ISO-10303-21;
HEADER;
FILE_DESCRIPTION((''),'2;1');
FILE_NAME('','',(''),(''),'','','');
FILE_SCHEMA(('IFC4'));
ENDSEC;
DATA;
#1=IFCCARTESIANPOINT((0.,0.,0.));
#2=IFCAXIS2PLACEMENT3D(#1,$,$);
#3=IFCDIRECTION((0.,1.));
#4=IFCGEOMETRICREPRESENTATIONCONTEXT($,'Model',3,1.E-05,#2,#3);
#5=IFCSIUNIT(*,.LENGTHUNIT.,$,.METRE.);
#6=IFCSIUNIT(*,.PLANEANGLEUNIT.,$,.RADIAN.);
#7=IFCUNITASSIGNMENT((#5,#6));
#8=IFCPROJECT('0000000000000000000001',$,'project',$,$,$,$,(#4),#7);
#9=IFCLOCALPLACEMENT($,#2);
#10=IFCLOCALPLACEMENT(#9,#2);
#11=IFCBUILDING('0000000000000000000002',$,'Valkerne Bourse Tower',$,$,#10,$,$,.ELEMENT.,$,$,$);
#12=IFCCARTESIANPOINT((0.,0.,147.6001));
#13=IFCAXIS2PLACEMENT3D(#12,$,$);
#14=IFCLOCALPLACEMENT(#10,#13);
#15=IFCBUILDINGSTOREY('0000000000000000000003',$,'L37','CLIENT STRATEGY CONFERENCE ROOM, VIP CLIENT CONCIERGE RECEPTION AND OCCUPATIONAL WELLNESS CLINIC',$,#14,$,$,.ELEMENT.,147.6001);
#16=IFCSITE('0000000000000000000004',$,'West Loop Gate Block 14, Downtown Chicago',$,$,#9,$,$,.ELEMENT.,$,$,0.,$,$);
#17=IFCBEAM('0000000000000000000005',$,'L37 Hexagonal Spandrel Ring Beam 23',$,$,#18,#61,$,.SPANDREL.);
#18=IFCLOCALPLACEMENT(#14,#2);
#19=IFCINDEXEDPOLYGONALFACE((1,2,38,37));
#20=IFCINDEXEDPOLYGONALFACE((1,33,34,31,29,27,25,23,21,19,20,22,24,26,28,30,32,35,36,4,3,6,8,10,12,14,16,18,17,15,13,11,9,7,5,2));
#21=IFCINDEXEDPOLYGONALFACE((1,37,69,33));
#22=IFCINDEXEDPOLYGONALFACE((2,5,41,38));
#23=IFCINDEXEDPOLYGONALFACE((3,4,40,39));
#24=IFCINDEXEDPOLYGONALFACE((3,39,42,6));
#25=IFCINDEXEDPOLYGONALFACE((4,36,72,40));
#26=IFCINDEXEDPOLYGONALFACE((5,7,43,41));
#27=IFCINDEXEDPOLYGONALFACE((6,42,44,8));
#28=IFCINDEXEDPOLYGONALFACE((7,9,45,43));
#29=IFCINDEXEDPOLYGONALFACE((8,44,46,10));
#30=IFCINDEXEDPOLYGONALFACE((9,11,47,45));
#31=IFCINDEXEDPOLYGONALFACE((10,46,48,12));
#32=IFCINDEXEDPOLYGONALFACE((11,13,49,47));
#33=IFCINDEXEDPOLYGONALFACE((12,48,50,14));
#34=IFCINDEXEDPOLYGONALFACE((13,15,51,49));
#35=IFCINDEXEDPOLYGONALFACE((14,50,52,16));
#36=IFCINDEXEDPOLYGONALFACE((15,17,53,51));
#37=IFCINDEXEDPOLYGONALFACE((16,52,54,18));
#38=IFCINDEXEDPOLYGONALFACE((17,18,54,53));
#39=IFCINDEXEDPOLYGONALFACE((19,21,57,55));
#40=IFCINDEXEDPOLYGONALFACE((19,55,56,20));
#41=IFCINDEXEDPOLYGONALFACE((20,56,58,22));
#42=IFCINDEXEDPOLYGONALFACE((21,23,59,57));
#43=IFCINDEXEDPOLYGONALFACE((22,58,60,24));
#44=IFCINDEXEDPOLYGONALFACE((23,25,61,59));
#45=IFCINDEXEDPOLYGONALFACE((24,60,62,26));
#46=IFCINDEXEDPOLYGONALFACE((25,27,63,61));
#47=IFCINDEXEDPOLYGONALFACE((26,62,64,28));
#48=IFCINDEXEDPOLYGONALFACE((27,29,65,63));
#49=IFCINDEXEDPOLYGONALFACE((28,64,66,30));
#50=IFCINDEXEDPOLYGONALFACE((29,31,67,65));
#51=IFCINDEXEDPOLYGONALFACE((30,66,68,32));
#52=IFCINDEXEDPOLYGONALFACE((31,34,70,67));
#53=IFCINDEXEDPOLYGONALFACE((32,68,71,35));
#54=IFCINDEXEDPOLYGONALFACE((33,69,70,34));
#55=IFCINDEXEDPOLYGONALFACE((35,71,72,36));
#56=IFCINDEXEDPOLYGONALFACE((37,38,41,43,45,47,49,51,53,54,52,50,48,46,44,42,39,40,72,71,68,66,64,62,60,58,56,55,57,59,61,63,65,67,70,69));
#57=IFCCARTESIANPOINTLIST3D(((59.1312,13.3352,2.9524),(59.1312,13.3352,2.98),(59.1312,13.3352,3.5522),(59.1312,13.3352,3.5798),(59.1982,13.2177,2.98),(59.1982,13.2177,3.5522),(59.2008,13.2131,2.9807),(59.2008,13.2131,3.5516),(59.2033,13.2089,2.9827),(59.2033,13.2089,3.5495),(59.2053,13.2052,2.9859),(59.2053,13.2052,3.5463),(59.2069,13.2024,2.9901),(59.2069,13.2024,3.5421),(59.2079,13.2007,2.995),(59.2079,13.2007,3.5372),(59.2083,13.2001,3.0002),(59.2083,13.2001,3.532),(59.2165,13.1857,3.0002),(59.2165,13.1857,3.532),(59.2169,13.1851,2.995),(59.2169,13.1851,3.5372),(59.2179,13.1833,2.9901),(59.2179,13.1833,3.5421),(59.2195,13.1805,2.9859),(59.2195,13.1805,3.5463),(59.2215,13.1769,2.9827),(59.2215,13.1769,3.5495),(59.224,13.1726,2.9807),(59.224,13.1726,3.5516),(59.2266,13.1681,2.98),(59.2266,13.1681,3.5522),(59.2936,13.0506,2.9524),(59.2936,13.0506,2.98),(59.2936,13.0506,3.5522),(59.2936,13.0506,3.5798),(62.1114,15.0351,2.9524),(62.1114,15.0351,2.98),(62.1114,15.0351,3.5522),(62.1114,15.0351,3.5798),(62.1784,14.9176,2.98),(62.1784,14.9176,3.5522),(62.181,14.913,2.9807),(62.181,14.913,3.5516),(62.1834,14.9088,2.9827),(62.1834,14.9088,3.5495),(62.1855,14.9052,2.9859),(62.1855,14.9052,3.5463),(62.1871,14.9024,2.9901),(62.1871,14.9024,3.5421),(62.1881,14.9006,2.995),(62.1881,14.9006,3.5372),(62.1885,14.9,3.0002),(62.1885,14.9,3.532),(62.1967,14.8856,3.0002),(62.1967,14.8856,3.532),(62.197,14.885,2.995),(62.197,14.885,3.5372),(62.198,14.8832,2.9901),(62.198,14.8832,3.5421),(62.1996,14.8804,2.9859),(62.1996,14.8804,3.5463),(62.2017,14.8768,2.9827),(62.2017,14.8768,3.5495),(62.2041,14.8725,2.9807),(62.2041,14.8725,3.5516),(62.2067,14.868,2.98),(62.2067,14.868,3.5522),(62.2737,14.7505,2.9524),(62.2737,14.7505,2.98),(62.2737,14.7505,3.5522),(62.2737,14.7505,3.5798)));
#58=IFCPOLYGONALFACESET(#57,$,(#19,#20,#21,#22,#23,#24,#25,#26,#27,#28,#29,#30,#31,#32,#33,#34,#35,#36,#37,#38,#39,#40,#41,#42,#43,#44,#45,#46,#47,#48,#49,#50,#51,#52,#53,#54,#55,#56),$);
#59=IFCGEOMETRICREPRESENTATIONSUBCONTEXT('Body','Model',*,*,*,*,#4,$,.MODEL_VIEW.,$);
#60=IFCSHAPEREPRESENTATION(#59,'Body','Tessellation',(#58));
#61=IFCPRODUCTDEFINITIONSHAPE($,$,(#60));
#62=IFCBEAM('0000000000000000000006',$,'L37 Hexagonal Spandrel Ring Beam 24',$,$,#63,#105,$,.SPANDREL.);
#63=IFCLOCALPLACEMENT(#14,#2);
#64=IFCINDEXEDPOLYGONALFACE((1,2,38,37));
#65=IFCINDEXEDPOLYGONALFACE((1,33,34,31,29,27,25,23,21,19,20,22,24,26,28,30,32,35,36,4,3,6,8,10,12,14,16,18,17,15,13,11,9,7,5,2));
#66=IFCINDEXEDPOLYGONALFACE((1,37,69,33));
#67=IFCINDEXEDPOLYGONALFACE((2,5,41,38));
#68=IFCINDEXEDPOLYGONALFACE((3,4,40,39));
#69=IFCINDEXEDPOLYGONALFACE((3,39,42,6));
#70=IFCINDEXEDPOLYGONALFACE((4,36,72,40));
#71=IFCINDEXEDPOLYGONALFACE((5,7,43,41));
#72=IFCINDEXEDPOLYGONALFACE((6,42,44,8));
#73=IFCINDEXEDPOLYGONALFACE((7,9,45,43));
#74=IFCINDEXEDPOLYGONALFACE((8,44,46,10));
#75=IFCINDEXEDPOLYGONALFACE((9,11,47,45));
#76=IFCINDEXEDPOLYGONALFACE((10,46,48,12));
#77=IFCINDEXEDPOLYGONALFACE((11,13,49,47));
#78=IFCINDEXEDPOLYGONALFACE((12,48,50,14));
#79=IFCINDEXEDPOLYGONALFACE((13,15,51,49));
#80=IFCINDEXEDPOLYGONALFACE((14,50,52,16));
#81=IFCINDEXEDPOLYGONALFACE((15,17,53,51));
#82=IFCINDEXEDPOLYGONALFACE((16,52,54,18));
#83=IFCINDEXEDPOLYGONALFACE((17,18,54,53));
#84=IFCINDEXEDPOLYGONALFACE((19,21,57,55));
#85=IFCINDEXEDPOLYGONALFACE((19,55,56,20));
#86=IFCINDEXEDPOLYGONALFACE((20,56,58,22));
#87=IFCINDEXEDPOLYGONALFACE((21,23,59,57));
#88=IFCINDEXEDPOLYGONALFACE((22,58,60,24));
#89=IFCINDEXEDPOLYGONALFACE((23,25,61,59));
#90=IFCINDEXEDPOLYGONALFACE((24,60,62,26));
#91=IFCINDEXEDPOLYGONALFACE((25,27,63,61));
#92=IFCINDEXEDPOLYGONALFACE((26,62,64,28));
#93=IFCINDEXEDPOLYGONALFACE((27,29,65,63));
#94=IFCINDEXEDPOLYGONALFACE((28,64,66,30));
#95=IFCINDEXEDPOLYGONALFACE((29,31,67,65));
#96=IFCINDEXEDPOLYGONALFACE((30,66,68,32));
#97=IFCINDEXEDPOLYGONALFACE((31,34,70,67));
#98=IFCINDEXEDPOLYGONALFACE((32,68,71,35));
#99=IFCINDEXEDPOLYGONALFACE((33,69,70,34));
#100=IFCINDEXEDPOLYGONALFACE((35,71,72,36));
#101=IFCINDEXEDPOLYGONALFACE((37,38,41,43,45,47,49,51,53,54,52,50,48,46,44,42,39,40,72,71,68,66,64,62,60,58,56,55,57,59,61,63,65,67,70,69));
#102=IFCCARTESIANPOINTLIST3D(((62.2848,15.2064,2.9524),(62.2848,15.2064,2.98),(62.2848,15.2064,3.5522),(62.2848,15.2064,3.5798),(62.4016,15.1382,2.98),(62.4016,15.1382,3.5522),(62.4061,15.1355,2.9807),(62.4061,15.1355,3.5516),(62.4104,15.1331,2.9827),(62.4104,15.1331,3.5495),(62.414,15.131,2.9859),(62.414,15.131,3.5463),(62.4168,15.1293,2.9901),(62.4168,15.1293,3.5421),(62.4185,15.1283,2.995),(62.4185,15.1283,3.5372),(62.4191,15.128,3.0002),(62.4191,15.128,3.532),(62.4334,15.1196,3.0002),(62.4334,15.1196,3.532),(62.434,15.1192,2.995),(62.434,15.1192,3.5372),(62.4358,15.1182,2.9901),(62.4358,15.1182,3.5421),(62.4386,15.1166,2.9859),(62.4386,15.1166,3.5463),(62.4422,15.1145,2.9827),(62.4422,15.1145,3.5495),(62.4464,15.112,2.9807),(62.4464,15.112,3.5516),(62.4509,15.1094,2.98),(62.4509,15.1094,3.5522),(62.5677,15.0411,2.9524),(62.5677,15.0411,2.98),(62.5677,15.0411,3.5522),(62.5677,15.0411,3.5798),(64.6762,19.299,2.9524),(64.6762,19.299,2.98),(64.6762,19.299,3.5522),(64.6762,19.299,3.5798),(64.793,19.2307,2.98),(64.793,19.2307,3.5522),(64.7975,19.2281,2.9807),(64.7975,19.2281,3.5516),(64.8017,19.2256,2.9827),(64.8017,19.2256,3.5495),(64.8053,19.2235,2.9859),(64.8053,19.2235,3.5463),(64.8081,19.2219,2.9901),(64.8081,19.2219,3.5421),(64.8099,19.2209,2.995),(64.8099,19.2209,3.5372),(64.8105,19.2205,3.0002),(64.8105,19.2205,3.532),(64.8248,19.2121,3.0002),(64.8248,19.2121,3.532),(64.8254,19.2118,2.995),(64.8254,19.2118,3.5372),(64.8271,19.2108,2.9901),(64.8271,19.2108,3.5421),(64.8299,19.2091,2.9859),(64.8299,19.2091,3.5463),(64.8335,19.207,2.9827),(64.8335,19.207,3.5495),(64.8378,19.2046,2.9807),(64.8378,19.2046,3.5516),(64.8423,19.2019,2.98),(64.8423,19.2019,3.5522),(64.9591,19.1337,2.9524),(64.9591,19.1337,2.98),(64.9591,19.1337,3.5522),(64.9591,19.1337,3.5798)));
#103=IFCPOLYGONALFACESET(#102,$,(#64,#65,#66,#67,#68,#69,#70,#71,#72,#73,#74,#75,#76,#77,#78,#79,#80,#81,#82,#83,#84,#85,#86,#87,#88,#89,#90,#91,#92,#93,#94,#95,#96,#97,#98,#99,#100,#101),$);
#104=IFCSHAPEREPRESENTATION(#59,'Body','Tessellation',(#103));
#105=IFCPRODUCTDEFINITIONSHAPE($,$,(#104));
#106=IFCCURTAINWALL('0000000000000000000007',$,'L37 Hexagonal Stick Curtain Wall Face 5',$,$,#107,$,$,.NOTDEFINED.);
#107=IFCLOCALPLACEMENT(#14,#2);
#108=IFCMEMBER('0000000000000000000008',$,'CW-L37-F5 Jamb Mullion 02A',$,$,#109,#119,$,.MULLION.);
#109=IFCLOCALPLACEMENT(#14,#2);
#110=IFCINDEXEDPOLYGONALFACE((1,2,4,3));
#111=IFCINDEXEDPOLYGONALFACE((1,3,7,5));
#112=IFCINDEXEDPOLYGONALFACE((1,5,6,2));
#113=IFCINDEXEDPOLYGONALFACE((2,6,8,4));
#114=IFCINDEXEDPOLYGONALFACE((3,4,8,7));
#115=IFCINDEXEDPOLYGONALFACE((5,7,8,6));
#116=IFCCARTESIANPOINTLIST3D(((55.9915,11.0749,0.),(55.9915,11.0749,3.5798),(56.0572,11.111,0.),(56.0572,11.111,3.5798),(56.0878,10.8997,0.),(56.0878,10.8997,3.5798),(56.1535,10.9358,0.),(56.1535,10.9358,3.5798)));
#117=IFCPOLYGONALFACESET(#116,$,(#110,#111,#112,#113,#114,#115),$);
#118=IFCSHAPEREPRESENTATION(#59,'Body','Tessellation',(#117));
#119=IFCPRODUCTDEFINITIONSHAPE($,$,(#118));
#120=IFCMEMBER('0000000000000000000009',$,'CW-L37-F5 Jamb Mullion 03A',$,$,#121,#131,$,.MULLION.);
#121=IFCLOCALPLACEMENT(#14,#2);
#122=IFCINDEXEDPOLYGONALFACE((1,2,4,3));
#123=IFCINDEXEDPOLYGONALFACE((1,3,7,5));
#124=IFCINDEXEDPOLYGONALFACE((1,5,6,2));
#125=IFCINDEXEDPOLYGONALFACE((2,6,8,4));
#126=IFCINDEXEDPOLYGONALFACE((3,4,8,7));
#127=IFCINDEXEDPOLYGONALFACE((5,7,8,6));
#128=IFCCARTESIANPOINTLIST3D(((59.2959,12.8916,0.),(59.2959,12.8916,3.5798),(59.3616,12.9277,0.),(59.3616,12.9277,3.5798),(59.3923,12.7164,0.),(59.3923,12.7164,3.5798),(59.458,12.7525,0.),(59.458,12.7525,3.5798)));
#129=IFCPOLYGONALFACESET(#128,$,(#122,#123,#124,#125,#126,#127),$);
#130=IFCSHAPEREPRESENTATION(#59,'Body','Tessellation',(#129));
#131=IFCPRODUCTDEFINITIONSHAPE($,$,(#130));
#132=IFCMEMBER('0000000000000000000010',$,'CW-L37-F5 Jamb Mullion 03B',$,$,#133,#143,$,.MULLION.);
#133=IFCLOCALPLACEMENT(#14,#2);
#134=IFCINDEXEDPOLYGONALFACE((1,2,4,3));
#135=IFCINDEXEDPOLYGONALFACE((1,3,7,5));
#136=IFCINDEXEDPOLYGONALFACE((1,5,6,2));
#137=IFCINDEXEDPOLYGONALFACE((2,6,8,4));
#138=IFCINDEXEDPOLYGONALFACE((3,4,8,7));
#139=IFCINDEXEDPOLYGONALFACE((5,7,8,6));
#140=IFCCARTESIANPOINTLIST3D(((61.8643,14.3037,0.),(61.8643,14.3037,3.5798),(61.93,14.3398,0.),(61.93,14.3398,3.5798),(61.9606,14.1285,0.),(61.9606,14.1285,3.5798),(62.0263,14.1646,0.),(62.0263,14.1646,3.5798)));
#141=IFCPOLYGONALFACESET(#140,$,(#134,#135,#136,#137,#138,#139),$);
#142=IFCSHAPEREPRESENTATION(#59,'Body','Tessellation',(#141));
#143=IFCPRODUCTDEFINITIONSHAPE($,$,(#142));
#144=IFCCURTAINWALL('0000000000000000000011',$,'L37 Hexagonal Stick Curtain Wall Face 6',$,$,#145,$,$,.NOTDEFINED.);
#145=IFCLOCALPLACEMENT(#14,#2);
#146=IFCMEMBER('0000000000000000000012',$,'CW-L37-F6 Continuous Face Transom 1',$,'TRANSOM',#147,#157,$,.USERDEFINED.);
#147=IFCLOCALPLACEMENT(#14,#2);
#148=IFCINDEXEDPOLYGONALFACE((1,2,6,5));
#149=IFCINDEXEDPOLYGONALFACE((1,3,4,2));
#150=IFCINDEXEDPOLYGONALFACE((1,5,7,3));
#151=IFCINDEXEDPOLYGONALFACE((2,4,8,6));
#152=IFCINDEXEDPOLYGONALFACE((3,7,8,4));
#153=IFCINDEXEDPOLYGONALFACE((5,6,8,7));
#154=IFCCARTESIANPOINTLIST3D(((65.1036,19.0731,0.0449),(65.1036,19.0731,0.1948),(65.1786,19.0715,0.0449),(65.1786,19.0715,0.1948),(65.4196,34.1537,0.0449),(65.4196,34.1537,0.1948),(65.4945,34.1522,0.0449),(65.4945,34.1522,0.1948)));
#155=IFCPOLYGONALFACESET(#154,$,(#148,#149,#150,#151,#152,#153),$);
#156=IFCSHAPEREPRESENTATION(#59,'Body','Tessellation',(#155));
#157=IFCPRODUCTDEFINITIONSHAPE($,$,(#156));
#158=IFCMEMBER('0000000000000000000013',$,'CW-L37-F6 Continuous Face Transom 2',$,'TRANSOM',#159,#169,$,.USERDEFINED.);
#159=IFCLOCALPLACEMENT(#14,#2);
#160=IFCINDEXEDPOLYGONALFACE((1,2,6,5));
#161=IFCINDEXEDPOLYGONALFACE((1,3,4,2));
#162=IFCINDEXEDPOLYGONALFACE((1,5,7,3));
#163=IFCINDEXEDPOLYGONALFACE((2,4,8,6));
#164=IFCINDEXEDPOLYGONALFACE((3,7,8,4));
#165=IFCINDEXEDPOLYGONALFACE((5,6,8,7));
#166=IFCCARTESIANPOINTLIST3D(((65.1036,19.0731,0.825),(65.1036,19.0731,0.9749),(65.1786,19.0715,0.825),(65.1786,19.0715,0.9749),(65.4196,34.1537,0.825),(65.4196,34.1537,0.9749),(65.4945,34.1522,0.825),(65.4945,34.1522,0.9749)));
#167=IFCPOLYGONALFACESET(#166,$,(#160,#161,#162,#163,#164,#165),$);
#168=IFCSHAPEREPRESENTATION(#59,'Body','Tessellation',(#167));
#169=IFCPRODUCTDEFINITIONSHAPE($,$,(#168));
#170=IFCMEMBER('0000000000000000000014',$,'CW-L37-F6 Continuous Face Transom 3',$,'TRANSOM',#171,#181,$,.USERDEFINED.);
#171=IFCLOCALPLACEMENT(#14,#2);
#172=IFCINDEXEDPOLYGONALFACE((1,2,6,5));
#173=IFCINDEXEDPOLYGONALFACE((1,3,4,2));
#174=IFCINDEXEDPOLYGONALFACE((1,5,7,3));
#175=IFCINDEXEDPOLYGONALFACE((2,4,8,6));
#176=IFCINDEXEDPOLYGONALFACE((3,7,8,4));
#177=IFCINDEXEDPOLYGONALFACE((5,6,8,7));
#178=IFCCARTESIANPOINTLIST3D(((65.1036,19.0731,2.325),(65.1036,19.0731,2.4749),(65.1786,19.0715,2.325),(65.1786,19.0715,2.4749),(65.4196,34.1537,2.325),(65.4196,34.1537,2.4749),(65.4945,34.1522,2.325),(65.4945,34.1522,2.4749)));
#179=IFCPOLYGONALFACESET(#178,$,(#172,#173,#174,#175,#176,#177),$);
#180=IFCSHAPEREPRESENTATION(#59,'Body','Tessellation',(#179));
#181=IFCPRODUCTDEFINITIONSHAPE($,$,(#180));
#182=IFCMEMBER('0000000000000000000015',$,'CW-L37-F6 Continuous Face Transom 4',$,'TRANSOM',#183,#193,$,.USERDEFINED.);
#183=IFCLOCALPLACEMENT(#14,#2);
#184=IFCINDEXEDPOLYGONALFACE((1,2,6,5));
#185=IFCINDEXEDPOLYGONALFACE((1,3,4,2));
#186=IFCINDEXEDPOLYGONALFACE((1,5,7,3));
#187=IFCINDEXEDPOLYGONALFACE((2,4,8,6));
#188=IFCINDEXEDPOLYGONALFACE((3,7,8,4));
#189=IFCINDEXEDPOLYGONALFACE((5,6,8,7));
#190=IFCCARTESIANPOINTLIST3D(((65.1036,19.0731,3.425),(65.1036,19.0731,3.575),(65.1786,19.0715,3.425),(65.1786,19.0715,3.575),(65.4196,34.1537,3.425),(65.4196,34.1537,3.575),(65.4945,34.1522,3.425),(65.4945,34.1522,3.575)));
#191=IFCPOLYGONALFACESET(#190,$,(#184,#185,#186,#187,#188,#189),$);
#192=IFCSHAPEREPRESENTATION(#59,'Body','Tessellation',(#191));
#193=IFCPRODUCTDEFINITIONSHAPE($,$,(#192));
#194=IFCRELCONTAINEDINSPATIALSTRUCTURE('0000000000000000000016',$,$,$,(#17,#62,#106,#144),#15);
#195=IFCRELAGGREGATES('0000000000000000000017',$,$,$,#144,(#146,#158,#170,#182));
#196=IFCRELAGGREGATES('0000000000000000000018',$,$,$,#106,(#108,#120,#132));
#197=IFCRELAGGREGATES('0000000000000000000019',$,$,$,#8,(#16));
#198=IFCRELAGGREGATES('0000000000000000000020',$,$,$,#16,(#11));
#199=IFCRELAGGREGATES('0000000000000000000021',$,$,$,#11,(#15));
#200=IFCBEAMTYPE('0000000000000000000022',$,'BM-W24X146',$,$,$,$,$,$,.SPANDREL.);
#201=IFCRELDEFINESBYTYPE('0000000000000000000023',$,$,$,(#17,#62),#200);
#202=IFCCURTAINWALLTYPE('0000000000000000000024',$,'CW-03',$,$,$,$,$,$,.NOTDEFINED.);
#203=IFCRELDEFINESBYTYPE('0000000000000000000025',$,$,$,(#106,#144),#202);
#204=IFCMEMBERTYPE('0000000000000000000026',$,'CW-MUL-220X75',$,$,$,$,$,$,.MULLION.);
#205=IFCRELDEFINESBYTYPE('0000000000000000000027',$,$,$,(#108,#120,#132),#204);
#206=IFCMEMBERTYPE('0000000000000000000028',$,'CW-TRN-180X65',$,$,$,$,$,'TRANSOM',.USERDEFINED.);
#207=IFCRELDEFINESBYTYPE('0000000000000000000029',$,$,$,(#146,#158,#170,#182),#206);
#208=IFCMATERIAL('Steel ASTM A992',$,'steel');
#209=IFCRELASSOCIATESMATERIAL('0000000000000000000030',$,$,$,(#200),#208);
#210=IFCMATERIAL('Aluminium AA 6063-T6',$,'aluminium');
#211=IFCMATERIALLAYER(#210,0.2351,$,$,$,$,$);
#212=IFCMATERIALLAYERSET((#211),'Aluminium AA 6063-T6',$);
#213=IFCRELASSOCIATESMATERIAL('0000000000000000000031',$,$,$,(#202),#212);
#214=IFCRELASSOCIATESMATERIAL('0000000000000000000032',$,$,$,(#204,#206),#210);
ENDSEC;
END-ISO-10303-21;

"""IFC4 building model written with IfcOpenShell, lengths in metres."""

from ifc_helpers import new_model, si_unit, direction, frame, origin, origin_2d, place, context, subcontext, project, spatial, rectangle, i_section, extrude, material, layer, layer_set, material_profile, profile_set, type_object, element, aggregate, save


model = new_model("IFC4")

# Units and contexts
model_context = context("Model", 3, precision=1e-05, world=origin(), true_north=direction((0.0, 1.0)))
body_context = subcontext(model_context, "Body", "Model", "MODEL_VIEW")
ifc_project = project(units=[si_unit("LENGTHUNIT", "METRE"), si_unit("PLANEANGLEUNIT", "RADIAN")], contexts=[model_context])

# Site, building, storey
site_placement = place(None, origin())
site = spatial("IfcSite", under=ifc_project, at=site_placement, Name="West Loop Gate Block 14, Downtown Chicago", CompositionType="ELEMENT", RefElevation=0.0)
building_placement = place(site_placement, origin())
building = spatial("IfcBuilding", under=site, at=building_placement, Name="Valkerne Bourse Tower", CompositionType="ELEMENT")
storey_placement = place(building_placement, frame((0.0, 0.0, 147.6001)))
storey = spatial("IfcBuildingStorey", under=building, at=storey_placement, Name="L37", Description="CLIENT STRATEGY CONFERENCE ROOM, VIP CLIENT CONCIERGE RECEPTION AND OCCUPATIONAL WELLNESS CLINIC", CompositionType="ELEMENT", Elevation=147.6001)

# Beams
ifc_material_1 = material(Name="Steel ASTM A992", Category="steel")
ifc_material_profile_1 = material_profile(ifc_material_1, i_section(OverallWidth=0.3276, OverallDepth=0.6274, WebThickness=0.0166, FlangeThickness=0.0276, FilletRadius=0.0203, at=origin_2d()), Name="W24X146")
ifc_profile_set_1 = profile_set([ifc_material_profile_1], Name="Steel ASTM A992")
beam_type = type_object("IfcBeamType", Name="BM-W24X146", PredefinedType="SPANDREL", material=ifc_profile_set_1)
beam_1_placement = place(storey_placement, frame((59.2124, 13.1929, 3.2661), z_axis=(0.868624, 0.495472, 0.0), x_axis=(-0.495472, 0.868624, 0.0)))
element("IfcBeam", 1, at=beam_1_placement, inside=storey, type_object=beam_type, Name="L37 Hexagonal Spandrel Ring Beam 23", PredefinedType="SPANDREL", context=body_context, shape_type="SweptSolid", body=[
    extrude(i_section(OverallWidth=0.3276, OverallDepth=0.6274, WebThickness=0.0166, FlangeThickness=0.0276, FilletRadius=0.0203, at=origin_2d()), origin(), (0.0, 0.0, 1.0), 3.4309),
])
beam_2_placement = place(storey_placement, frame((62.4263, 15.1238, 3.2661), z_axis=(0.504508, 0.863407, 0.0), x_axis=(-0.863407, 0.504508, 0.0)))
element("IfcBeam", 2, at=beam_2_placement, inside=storey, type_object=beam_type, Name="L37 Hexagonal Spandrel Ring Beam 24", PredefinedType="SPANDREL", context=body_context, shape_type="SweptSolid", body=[
    extrude(i_section(OverallWidth=0.3276, OverallDepth=0.6274, WebThickness=0.0166, FlangeThickness=0.0276, FilletRadius=0.0203, at=origin_2d()), origin(), (0.0, 0.0, 1.0), 4.74),
])

# Curtain walls, members
ifc_material_2 = material(Name="Aluminium AA 6063-T6", Category="aluminium")
ifc_layer_1 = layer(ifc_material_2, 0.2351)
ifc_layer_set_1 = layer_set([ifc_layer_1], Name="Aluminium AA 6063-T6")
curtain_wall_type = type_object("IfcCurtainWallType", Name="CW-03", PredefinedType="NOTDEFINED", material=ifc_layer_set_1)
curtain_wall_1_placement = place(storey_placement, origin())
curtain_wall_1 = element("IfcCurtainWall", 3, at=curtain_wall_1_placement, inside=storey, type_object=curtain_wall_type, Name="L37 Hexagonal Stick Curtain Wall Face 5", PredefinedType="NOTDEFINED")
ifc_material_profile_2 = material_profile(ifc_material_2, rectangle(XDim=0.075, YDim=0.2, at=origin_2d()), Name="CWM-75X200")
ifc_profile_set_2 = profile_set([ifc_material_profile_2], Name="Aluminium AA 6063-T6")
member_type_1 = type_object("IfcMemberType", Name="CW-MUL-220X75", PredefinedType="MULLION", material=ifc_profile_set_2)
member_1_placement = place(storey_placement, frame((56.0725, 11.0054, 0.0), z_axis=(0.0, 0.0, 1.0), x_axis=(0.876303, 0.481761, 0.0)))
member_1 = element("IfcMember", 4, at=member_1_placement, type_object=member_type_1, Name="CW-L37-F5 Jamb Mullion 02A", PredefinedType="MULLION", context=body_context, shape_type="SweptSolid", body=[
    extrude(rectangle(XDim=0.075, YDim=0.2, at=origin_2d()), origin(), (0.0, 0.0, 1.0), 3.5798),
])
member_2_placement = place(storey_placement, frame((59.377, 12.822, 0.0), z_axis=(0.0, 0.0, 1.0), x_axis=(0.876309, 0.48175, 0.0)))
member_2 = element("IfcMember", 5, at=member_2_placement, type_object=member_type_1, Name="CW-L37-F5 Jamb Mullion 03A", PredefinedType="MULLION", context=body_context, shape_type="SweptSolid", body=[
    extrude(rectangle(XDim=0.075, YDim=0.2, at=origin_2d()), origin(), (0.0, 0.0, 1.0), 3.5798),
])
member_3_placement = place(storey_placement, frame((61.9453, 14.2341, 0.0), z_axis=(0.0, 0.0, 1.0), x_axis=(0.876309, 0.48175, 0.0)))
member_3 = element("IfcMember", 6, at=member_3_placement, type_object=member_type_1, Name="CW-L37-F5 Jamb Mullion 03B", PredefinedType="MULLION", context=body_context, shape_type="SweptSolid", body=[
    extrude(rectangle(XDim=0.075, YDim=0.2, at=origin_2d()), origin(), (0.0, 0.0, 1.0), 3.5798),
])
curtain_wall_2_placement = place(storey_placement, origin())
curtain_wall_2 = element("IfcCurtainWall", 7, at=curtain_wall_2_placement, inside=storey, type_object=curtain_wall_type, Name="L37 Hexagonal Stick Curtain Wall Face 6", PredefinedType="NOTDEFINED")
ifc_material_profile_3 = material_profile(ifc_material_2, rectangle(XDim=0.075, YDim=0.1499, at=origin_2d()), Name="CWT-75X150")
ifc_profile_set_3 = profile_set([ifc_material_profile_3], Name="Aluminium AA 6063-T6")
member_type_2 = type_object("IfcMemberType", Name="CW-TRN-180X65", ElementType="TRANSOM", PredefinedType="USERDEFINED", material=ifc_profile_set_3)
member_4_placement = place(storey_placement, frame((65.1411, 19.0723, 0.1199), z_axis=(0.020944, 0.999781, 0.0), x_axis=(-0.999781, 0.020944, 0.0)))
member_4 = element("IfcMember", 8, at=member_4_placement, type_object=member_type_2, Name="CW-L37-F6 Continuous Face Transom 1", ObjectType="TRANSOM", PredefinedType="USERDEFINED", context=body_context, shape_type="SweptSolid", body=[
    extrude(rectangle(XDim=0.075, YDim=0.1499, at=origin_2d()), origin(), (0.0, 0.0, 1.0), 15.084),
])
member_5_placement = place(storey_placement, frame((65.1411, 19.0723, 0.8999), z_axis=(0.020944, 0.999781, 0.0), x_axis=(-0.999781, 0.020944, 0.0)))
member_5 = element("IfcMember", 9, at=member_5_placement, type_object=member_type_2, Name="CW-L37-F6 Continuous Face Transom 2", ObjectType="TRANSOM", PredefinedType="USERDEFINED", context=body_context, shape_type="SweptSolid", body=[
    extrude(rectangle(XDim=0.075, YDim=0.1499, at=origin_2d()), origin(), (0.0, 0.0, 1.0), 15.084),
])
member_6_placement = place(storey_placement, frame((65.1411, 19.0723, 2.3999), z_axis=(0.020944, 0.999781, 0.0), x_axis=(-0.999781, 0.020944, 0.0)))
member_6 = element("IfcMember", 10, at=member_6_placement, type_object=member_type_2, Name="CW-L37-F6 Continuous Face Transom 3", ObjectType="TRANSOM", PredefinedType="USERDEFINED", context=body_context, shape_type="SweptSolid", body=[
    extrude(rectangle(XDim=0.075, YDim=0.1499, at=origin_2d()), origin(), (0.0, 0.0, 1.0), 15.084),
])
member_7_placement = place(storey_placement, frame((65.1411, 19.0723, 3.5), z_axis=(0.020944, 0.999781, 0.0), x_axis=(-0.999781, 0.020944, 0.0)))
member_7 = element("IfcMember", 11, at=member_7_placement, type_object=member_type_2, Name="CW-L37-F6 Continuous Face Transom 4", ObjectType="TRANSOM", PredefinedType="USERDEFINED", context=body_context, shape_type="SweptSolid", body=[
    extrude(rectangle(XDim=0.075, YDim=0.1499, at=origin_2d()), origin(), (0.0, 0.0, 1.0), 15.084),
])
aggregate(curtain_wall_2, [member_4, member_5, member_6, member_7])

aggregate(curtain_wall_1, [member_1, member_2, member_3])

save(model, "model.ifc")
